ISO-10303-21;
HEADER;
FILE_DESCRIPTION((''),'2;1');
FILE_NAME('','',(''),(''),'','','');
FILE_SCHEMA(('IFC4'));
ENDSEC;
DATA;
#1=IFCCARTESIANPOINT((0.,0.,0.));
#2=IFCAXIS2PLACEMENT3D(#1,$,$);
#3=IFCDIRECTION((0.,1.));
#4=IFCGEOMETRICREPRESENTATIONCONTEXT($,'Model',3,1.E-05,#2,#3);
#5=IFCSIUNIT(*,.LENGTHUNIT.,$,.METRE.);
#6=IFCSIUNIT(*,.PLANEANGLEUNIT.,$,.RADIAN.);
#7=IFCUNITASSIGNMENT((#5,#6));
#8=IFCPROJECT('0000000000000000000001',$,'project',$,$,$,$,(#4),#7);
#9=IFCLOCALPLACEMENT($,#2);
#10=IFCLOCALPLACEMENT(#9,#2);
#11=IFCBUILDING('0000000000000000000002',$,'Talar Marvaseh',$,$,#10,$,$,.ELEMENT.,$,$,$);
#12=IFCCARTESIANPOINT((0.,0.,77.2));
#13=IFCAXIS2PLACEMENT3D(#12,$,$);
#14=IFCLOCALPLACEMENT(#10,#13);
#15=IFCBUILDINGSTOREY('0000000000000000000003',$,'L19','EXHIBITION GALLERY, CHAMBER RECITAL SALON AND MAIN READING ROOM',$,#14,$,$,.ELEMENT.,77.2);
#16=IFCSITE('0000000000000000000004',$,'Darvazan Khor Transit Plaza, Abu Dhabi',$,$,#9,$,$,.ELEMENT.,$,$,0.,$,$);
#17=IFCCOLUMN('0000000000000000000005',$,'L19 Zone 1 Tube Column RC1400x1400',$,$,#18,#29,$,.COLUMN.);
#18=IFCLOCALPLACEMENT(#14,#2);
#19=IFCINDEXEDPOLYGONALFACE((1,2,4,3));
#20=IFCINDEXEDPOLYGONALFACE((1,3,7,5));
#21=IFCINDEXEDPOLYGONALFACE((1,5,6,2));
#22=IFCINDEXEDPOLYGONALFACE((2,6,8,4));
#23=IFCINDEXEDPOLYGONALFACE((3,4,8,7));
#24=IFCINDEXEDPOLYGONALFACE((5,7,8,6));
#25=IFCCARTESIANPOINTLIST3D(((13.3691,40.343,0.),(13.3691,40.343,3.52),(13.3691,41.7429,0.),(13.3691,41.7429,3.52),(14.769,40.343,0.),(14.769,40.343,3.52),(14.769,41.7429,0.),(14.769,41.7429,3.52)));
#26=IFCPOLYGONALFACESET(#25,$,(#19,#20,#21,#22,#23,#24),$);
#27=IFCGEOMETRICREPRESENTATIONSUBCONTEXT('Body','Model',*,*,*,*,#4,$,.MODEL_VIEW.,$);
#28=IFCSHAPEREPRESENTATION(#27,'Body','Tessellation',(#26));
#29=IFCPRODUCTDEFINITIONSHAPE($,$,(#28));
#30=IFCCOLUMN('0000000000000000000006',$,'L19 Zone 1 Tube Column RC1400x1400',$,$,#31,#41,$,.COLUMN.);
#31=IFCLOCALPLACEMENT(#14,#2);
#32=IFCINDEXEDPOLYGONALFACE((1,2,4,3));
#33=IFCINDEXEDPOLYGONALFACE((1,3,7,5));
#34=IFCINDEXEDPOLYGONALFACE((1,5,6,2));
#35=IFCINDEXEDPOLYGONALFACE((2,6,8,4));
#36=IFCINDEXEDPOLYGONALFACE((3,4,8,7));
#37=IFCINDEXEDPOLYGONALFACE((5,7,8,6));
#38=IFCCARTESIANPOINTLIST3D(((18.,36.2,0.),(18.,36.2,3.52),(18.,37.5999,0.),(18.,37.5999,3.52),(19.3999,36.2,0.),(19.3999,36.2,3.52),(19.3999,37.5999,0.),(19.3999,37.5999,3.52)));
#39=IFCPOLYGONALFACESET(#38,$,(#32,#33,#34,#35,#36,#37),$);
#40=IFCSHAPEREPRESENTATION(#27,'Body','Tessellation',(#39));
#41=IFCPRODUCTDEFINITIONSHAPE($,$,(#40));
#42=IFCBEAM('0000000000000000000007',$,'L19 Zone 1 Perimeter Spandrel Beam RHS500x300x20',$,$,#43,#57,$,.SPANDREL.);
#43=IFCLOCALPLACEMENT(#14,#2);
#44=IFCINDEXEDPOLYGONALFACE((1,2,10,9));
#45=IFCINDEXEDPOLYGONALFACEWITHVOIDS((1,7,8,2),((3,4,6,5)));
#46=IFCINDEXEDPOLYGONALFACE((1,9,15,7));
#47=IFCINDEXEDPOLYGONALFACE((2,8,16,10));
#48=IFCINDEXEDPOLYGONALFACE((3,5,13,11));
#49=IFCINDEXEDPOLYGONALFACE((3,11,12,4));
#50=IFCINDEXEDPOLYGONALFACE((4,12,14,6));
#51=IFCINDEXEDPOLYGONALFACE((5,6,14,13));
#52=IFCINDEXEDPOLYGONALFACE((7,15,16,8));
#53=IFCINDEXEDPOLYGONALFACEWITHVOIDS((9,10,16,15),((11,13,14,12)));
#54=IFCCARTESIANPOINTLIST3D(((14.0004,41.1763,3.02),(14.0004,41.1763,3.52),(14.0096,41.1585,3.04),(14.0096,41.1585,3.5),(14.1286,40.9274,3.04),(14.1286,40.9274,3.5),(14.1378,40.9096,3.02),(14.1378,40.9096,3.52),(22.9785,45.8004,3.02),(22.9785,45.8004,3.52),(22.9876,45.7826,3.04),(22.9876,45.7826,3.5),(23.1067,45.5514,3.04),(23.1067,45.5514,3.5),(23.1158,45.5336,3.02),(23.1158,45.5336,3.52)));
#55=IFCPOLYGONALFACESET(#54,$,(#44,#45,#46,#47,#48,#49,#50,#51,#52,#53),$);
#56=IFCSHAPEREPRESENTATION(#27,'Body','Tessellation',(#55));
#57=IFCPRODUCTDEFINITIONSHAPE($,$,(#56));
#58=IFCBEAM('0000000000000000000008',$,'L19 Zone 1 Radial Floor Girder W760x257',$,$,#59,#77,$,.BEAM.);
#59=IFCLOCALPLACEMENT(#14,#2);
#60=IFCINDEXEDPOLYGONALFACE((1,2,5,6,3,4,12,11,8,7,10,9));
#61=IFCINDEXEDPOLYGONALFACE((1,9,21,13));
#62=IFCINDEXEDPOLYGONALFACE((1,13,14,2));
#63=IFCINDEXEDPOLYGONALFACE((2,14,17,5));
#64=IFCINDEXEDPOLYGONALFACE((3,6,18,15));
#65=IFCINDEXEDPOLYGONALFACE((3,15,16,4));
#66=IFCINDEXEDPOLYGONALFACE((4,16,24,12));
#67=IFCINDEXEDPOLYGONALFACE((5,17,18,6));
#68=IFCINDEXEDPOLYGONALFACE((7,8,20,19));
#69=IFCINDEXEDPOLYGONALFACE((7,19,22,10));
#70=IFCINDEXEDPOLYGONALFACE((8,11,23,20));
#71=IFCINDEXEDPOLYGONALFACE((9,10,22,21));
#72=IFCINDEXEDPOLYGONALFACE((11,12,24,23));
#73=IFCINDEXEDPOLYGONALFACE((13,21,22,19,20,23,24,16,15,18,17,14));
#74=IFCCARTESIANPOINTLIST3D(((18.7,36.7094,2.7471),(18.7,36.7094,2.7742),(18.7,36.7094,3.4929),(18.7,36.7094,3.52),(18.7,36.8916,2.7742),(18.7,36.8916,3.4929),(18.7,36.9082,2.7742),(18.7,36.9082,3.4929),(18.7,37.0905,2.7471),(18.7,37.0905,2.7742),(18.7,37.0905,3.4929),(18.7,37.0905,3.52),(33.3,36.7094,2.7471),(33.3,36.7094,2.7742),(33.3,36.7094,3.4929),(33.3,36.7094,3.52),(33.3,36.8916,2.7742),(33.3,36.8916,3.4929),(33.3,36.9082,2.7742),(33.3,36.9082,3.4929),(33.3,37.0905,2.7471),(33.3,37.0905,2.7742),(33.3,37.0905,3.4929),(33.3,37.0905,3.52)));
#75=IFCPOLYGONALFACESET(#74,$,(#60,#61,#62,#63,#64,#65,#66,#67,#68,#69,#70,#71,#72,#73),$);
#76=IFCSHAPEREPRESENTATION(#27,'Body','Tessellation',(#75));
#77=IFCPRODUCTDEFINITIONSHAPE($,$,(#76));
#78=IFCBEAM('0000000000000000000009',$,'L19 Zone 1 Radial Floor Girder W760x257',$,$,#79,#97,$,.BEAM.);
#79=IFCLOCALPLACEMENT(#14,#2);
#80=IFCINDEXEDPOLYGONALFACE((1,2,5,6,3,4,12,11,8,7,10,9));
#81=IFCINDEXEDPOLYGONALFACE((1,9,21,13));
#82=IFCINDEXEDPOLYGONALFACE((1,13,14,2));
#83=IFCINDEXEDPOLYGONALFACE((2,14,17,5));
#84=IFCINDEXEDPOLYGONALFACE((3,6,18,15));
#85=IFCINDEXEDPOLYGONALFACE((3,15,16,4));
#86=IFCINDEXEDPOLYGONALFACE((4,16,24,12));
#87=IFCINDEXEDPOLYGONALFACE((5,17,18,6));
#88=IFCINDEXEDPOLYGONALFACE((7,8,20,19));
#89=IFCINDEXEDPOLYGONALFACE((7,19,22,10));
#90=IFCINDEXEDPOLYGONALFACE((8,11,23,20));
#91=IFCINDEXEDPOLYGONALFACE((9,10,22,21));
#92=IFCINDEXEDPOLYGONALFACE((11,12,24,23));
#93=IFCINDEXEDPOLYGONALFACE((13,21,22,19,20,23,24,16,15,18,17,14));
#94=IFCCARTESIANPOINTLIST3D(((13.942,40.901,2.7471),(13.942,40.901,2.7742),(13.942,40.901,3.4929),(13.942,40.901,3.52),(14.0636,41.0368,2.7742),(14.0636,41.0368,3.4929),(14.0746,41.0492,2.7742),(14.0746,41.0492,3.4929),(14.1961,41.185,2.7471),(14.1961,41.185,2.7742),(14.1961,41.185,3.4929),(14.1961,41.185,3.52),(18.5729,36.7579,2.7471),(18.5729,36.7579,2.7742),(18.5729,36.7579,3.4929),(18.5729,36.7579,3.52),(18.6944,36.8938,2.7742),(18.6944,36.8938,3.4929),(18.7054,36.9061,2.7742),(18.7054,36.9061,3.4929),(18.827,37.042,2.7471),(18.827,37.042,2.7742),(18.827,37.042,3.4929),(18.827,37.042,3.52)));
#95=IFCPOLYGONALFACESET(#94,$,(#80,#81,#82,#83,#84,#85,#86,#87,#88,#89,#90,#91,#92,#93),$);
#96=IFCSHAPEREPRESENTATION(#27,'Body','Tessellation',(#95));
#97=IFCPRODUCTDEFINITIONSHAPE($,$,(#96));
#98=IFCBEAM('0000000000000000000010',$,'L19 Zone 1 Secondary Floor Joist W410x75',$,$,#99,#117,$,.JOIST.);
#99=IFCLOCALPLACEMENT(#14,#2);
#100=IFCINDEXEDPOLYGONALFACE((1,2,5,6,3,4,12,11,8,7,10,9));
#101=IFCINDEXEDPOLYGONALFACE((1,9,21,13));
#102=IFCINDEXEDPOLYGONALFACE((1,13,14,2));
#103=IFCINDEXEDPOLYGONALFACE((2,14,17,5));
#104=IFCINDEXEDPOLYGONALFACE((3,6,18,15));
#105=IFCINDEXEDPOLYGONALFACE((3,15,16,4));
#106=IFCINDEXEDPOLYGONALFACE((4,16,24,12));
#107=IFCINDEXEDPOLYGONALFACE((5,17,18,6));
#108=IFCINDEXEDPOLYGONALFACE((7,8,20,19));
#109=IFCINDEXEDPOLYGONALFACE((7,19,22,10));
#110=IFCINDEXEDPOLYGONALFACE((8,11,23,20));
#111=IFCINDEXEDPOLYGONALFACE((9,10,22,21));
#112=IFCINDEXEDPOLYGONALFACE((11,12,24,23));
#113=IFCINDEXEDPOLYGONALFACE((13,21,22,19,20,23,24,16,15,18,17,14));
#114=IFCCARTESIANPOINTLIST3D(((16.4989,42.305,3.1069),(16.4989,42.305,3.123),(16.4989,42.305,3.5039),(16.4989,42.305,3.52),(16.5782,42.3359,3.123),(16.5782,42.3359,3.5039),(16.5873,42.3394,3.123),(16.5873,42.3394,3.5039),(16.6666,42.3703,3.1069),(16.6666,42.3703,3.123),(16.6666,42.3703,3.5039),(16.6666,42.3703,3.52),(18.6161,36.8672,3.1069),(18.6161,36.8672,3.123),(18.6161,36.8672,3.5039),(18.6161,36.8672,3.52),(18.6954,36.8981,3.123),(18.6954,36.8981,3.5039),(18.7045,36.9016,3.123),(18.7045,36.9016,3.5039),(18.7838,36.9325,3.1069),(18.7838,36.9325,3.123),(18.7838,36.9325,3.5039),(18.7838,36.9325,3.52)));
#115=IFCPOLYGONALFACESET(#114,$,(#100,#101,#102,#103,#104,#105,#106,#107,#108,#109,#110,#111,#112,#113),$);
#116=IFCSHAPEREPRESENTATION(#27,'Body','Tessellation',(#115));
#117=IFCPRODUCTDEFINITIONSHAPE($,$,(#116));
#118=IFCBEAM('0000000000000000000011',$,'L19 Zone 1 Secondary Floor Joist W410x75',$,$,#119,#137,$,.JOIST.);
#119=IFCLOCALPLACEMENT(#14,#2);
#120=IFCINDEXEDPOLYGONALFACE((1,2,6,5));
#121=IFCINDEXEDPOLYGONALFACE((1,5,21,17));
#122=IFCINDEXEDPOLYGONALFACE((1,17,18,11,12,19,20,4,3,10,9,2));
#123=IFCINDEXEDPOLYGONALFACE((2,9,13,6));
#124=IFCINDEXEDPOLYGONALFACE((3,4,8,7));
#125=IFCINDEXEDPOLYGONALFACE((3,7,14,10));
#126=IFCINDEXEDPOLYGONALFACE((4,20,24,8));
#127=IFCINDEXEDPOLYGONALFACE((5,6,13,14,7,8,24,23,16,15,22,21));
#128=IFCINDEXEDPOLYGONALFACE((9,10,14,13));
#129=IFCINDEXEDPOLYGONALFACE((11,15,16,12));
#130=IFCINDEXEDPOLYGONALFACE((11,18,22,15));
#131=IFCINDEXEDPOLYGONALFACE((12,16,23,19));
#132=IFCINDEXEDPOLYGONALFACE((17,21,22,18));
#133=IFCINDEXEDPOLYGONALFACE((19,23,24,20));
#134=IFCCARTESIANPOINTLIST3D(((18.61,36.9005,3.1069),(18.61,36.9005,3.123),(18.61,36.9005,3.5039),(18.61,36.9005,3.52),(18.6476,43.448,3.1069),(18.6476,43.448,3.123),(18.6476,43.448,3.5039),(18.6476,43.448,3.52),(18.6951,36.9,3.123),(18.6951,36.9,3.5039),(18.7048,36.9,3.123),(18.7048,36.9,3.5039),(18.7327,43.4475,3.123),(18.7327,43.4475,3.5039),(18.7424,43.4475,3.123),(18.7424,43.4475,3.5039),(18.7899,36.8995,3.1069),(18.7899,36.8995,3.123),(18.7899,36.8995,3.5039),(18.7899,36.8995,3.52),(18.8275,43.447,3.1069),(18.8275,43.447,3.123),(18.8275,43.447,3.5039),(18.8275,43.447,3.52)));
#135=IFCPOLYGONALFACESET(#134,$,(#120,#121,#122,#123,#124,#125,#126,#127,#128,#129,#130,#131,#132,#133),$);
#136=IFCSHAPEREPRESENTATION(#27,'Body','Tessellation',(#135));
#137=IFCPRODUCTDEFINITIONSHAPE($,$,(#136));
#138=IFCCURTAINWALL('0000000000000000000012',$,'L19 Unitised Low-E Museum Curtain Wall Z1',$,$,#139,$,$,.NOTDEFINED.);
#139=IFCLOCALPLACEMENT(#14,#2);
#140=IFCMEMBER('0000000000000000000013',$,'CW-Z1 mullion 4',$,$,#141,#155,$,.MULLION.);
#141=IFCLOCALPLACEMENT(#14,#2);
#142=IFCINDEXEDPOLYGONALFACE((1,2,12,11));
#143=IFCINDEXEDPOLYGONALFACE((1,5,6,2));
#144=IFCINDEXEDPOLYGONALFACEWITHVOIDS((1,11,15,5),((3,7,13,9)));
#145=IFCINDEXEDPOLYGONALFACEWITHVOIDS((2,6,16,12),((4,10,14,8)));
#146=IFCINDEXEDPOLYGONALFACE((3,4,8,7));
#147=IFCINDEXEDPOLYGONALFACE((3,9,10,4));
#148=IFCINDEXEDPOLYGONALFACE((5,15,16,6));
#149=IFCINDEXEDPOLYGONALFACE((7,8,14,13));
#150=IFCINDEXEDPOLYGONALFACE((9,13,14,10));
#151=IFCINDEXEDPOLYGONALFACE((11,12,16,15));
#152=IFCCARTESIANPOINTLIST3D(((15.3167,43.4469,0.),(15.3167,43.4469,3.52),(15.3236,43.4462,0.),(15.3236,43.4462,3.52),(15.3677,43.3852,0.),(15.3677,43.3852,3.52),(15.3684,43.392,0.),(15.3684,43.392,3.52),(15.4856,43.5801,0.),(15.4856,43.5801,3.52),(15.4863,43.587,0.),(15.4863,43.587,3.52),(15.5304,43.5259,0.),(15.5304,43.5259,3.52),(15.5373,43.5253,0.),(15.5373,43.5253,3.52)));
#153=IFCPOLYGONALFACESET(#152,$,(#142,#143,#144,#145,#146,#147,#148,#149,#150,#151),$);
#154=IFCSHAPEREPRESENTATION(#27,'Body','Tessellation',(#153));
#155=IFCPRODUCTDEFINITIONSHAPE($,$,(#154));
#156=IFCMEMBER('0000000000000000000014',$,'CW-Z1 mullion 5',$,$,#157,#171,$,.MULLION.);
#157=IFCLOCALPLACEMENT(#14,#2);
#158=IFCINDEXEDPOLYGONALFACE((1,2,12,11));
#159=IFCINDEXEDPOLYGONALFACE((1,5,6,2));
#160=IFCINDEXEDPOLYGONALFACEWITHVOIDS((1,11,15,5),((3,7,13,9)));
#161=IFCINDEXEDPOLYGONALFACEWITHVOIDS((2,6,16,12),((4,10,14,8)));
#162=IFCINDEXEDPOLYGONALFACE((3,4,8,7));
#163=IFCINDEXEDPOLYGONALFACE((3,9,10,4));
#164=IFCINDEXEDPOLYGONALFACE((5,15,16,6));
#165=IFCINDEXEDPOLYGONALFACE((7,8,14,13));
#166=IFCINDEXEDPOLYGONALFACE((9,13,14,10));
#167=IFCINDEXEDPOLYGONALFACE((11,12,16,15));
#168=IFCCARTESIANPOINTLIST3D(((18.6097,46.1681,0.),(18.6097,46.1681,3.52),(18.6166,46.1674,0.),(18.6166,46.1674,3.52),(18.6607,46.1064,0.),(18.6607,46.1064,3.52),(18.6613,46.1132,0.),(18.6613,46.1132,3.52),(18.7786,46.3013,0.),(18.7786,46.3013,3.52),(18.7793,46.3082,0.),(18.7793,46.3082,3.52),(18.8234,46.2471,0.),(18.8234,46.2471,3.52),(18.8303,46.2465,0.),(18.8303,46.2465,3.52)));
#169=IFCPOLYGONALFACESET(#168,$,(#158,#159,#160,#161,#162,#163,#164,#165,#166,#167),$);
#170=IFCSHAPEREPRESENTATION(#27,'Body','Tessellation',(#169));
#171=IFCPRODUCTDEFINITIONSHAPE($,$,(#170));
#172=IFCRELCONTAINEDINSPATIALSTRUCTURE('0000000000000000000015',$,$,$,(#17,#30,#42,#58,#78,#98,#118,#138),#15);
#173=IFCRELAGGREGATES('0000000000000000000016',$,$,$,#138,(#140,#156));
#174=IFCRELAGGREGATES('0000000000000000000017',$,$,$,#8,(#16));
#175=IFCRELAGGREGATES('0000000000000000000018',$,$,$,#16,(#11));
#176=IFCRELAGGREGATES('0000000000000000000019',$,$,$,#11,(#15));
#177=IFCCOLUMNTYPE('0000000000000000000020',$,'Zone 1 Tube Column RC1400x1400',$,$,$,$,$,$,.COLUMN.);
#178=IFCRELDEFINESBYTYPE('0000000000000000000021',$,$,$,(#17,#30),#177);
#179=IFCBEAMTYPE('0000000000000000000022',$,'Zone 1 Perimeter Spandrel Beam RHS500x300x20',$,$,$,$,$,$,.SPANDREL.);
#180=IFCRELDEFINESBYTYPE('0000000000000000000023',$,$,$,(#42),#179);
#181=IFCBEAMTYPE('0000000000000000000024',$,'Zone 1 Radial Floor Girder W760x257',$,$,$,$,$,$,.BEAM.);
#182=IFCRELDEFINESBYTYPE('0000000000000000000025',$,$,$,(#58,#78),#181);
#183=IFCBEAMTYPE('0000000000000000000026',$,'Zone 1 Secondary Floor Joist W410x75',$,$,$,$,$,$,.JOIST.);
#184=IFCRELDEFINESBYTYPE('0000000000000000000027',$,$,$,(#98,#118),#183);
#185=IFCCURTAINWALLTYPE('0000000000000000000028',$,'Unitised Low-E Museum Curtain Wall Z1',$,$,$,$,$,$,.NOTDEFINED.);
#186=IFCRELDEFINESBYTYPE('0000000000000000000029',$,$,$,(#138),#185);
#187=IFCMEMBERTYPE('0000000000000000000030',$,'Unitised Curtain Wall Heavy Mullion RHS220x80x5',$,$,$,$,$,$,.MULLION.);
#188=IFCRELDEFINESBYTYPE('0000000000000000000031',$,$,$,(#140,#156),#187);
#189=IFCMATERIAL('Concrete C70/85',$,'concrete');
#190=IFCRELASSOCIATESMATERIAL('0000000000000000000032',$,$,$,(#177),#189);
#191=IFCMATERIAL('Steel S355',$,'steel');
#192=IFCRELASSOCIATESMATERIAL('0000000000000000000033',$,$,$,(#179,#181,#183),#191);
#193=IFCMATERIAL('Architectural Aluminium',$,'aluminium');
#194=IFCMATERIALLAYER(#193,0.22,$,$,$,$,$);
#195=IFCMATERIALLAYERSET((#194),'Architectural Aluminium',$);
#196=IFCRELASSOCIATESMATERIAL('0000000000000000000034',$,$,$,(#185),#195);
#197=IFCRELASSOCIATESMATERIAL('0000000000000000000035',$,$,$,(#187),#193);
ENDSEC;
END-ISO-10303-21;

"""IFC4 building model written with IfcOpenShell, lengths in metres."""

from ifc_helpers import new_model, si_unit, direction, frame, origin, origin_2d, place, context, subcontext, project, spatial, rectangle, hollow_rectangle, i_section, extrude, source, transform, mapped, material, layer, layer_set, material_profile, profile_set, type_object, type_shapes, element, aggregate, save


model = new_model("IFC4")

# Units and contexts
model_context = context("Model", 3, precision=1e-05, world=origin(), true_north=direction((0.0, 1.0)))
body_context = subcontext(model_context, "Body", "Model", "MODEL_VIEW")
ifc_project = project(units=[si_unit("LENGTHUNIT", "METRE"), si_unit("PLANEANGLEUNIT", "RADIAN")], contexts=[model_context])

# Site, building, storey
site_placement = place(None, origin())
site = spatial("IfcSite", under=ifc_project, at=site_placement, Name="Darvazan Khor Transit Plaza, Abu Dhabi", CompositionType="ELEMENT", RefElevation=0.0)
building_placement = place(site_placement, origin())
building = spatial("IfcBuilding", under=site, at=building_placement, Name="Talar Marvaseh", CompositionType="ELEMENT")
storey_placement = place(building_placement, frame((0.0, 0.0, 77.2)))
storey = spatial("IfcBuildingStorey", under=building, at=storey_placement, Name="L19", Description="EXHIBITION GALLERY, CHAMBER RECITAL SALON AND MAIN READING ROOM", CompositionType="ELEMENT", Elevation=77.2)

# Columns
ifc_material_1 = material(Name="Concrete C70/85", Category="concrete")
ifc_material_profile_1 = material_profile(ifc_material_1, rectangle(XDim=1.3999, YDim=1.3999, at=origin_2d()), Name="RC1400x1400")
ifc_profile_set_1 = profile_set([ifc_material_profile_1], Name="Concrete C70/85")
column_type = type_object("IfcColumnType", Name="Zone 1 Tube Column RC1400x1400", PredefinedType="COLUMN", material=ifc_profile_set_1)
for number, where, z_axis, x_axis, name in (
    (1, (14.0691, 41.043, 0.0), (0.0, 0.0, 1.0), (1.0, 0.0, 0.0), "L19 Zone 1 Tube Column RC1400x1400"),
    (2, (18.7, 36.8999, 0.0), (0.0, 0.0, 1.0), (1.0, 0.0, 0.0), "L19 Zone 1 Tube Column RC1400x1400"),
):
    element("IfcColumn", number, at=place(storey_placement, frame(where, z_axis=z_axis, x_axis=x_axis)), inside=storey, type_object=column_type, Name=name, PredefinedType="COLUMN", context=body_context, shape_type="SweptSolid", body=[
        extrude(rectangle(XDim=1.3999, YDim=1.3999, at=origin_2d()), origin(), (0.0, 0.0, 1.0), 3.52),
    ])

# Beams
ifc_material_2 = material(Name="Steel S355", Category="steel")
ifc_material_profile_2 = material_profile(ifc_material_2, hollow_rectangle(XDim=0.3, YDim=0.5, WallThickness=0.02, at=origin_2d()), Name="RHS500x300x20")
ifc_profile_set_2 = profile_set([ifc_material_profile_2], Name="Steel S355")
beam_type_1 = type_object("IfcBeamType", Name="Zone 1 Perimeter Spandrel Beam RHS500x300x20", PredefinedType="SPANDREL", material=ifc_profile_set_2)
beam_1_placement = place(storey_placement, frame((14.0691, 41.043, 3.27), z_axis=(0.889016, 0.457877, 0.0), x_axis=(-0.457877, 0.889016, 0.0)))
element("IfcBeam", 3, at=beam_1_placement, inside=storey, type_object=beam_type_1, Name="L19 Zone 1 Perimeter Spandrel Beam RHS500x300x20", PredefinedType="SPANDREL", context=body_context, shape_type="SweptSolid", body=[
    extrude(hollow_rectangle(XDim=0.3, YDim=0.5, WallThickness=0.02, at=origin_2d()), origin(), (0.0, 0.0, 1.0), 10.0989),
])
ifc_material_profile_3 = material_profile(ifc_material_2, i_section(OverallWidth=0.3811, OverallDepth=0.7729, WebThickness=0.0166, FlangeThickness=0.0271, at=origin_2d()), Name="W760x257")
ifc_profile_set_3 = profile_set([ifc_material_profile_3], Name="Steel S355")
beam_type_2 = type_object("IfcBeamType", Name="Zone 1 Radial Floor Girder W760x257", PredefinedType="BEAM", material=ifc_profile_set_3)
beam_2_placement = place(storey_placement, frame((18.7, 36.8999, 3.1335), z_axis=(1.0, 0.0, 0.0), x_axis=(0.0, 1.0, 0.0)))
element("IfcBeam", 4, at=beam_2_placement, inside=storey, type_object=beam_type_2, Name="L19 Zone 1 Radial Floor Girder W760x257", PredefinedType="BEAM", context=body_context, shape_type="SweptSolid", body=[
    extrude(i_section(OverallWidth=0.3811, OverallDepth=0.7729, WebThickness=0.0166, FlangeThickness=0.0271, at=origin_2d()), origin(), (0.0, 0.0, 1.0), 14.6001),
])
beam_3_placement = place(storey_placement, frame((14.0691, 41.043, 3.1335), z_axis=(0.745268, -0.666765, 0.0), x_axis=(0.666765, 0.745268, 0.0)))
element("IfcBeam", 5, at=beam_3_placement, inside=storey, type_object=beam_type_2, Name="L19 Zone 1 Radial Floor Girder W760x257", PredefinedType="BEAM", context=body_context, shape_type="SweptSolid", body=[
    extrude(i_section(OverallWidth=0.3811, OverallDepth=0.7729, WebThickness=0.0166, FlangeThickness=0.0271, at=origin_2d()), origin(), (0.0, 0.0, 1.0), 6.2136),
])
ifc_material_profile_4 = material_profile(ifc_material_2, i_section(OverallWidth=0.1799, OverallDepth=0.4131, WebThickness=0.0098, FlangeThickness=0.0161, at=origin_2d()), Name="W410x75")
ifc_profile_set_4 = profile_set([ifc_material_profile_4], Name="Steel S355")
beam_type_3 = type_object("IfcBeamType", Name="Zone 1 Secondary Floor Joist W410x75", PredefinedType="JOIST", material=ifc_profile_set_4)
beam_4_placement = place(storey_placement, frame((16.5828, 42.3376, 3.3135), z_axis=(0.36282, -0.931859, 0.0), x_axis=(0.931859, 0.36282, 0.0)))
element("IfcBeam", 6, at=beam_4_placement, inside=storey, type_object=beam_type_3, Name="L19 Zone 1 Secondary Floor Joist W410x75", PredefinedType="JOIST", context=body_context, shape_type="SweptSolid", body=[
    extrude(i_section(OverallWidth=0.1799, OverallDepth=0.4131, WebThickness=0.0098, FlangeThickness=0.0161, at=origin_2d()), origin(), (0.0, 0.0, 1.0), 5.8354),
])
beam_5_placement = place(storey_placement, frame((18.7375, 43.4475, 3.3135), z_axis=(-0.005742, -0.999984, 0.0), x_axis=(0.999984, -0.005742, 0.0)))
element("IfcBeam", 7, at=beam_5_placement, inside=storey, type_object=beam_type_3, Name="L19 Zone 1 Secondary Floor Joist W410x75", PredefinedType="JOIST", context=body_context, shape_type="SweptSolid", body=[
    extrude(i_section(OverallWidth=0.1799, OverallDepth=0.4131, WebThickness=0.0098, FlangeThickness=0.0161, at=origin_2d()), origin(), (0.0, 0.0, 1.0), 6.5476),
])

# Curtain wall, members
ifc_material_3 = material(Name="Architectural Aluminium", Category="aluminium")
ifc_layer_1 = layer(ifc_material_3, 0.22)
ifc_layer_set_1 = layer_set([ifc_layer_1], Name="Architectural Aluminium")
curtain_wall_type = type_object("IfcCurtainWallType", Name="Unitised Low-E Museum Curtain Wall Z1", PredefinedType="NOTDEFINED", material=ifc_layer_set_1)
curtain_wall_placement = place(storey_placement, origin())
curtain_wall = element("IfcCurtainWall", 8, at=curtain_wall_placement, inside=storey, type_object=curtain_wall_type, Name="L19 Unitised Low-E Museum Curtain Wall Z1", PredefinedType="NOTDEFINED")
ifc_material_profile_5 = material_profile(ifc_material_3, hollow_rectangle(XDim=0.0801, YDim=0.22, WallThickness=0.0049, at=origin_2d()), Name="RHS220x80x5")
ifc_profile_set_5 = profile_set([ifc_material_profile_5], Name="Architectural Aluminium")
member_type_1 = type_object("IfcMemberType", Name="Unitised Curtain Wall Heavy Mullion RHS220x80x5", PredefinedType="MULLION", material=ifc_profile_set_5)
shared_shape_1 = source(origin(), body_context, "Body", "SweptSolid", [
    extrude(hollow_rectangle(XDim=0.0801, YDim=0.22, WallThickness=0.0049, at=origin_2d()), origin(), (0.0, 0.0, 1.0), 3.52),
])
type_shapes(member_type_1, [shared_shape_1])
member_1_placement = place(storey_placement, frame((15.427, 43.4861, 0.0), z_axis=(0.0, 0.0, 1.0), x_axis=(-0.636994, 0.770868, 0.0)))
member_1 = element("IfcMember", 9, at=member_1_placement, type_object=member_type_1, Name="CW-Z1 mullion 4", PredefinedType="MULLION", context=body_context, shape_type="MappedRepresentation", body=[
    mapped(shared_shape_1, transform((0.0, 0.0, 0.0), x_axis=(1.0, 0.0, 0.0), y_axis=(0.0, 1.0, 0.0), z_axis=(0.0, 0.0, 1.0), scale=1.0)),
])
member_2_placement = place(storey_placement, frame((18.72, 46.2073, 0.0), z_axis=(0.0, 0.0, 1.0), x_axis=(-0.636994, 0.770868, 0.0)))
member_2 = element("IfcMember", 10, at=member_2_placement, type_object=member_type_1, Name="CW-Z1 mullion 5", PredefinedType="MULLION", context=body_context, shape_type="MappedRepresentation", body=[
    mapped(shared_shape_1, transform((0.0, 0.0, 0.0), x_axis=(1.0, 0.0, 0.0), y_axis=(0.0, 1.0, 0.0), z_axis=(0.0, 0.0, 1.0), scale=1.0)),
])
aggregate(curtain_wall, [member_1, member_2])

save(model, "model.ifc")
